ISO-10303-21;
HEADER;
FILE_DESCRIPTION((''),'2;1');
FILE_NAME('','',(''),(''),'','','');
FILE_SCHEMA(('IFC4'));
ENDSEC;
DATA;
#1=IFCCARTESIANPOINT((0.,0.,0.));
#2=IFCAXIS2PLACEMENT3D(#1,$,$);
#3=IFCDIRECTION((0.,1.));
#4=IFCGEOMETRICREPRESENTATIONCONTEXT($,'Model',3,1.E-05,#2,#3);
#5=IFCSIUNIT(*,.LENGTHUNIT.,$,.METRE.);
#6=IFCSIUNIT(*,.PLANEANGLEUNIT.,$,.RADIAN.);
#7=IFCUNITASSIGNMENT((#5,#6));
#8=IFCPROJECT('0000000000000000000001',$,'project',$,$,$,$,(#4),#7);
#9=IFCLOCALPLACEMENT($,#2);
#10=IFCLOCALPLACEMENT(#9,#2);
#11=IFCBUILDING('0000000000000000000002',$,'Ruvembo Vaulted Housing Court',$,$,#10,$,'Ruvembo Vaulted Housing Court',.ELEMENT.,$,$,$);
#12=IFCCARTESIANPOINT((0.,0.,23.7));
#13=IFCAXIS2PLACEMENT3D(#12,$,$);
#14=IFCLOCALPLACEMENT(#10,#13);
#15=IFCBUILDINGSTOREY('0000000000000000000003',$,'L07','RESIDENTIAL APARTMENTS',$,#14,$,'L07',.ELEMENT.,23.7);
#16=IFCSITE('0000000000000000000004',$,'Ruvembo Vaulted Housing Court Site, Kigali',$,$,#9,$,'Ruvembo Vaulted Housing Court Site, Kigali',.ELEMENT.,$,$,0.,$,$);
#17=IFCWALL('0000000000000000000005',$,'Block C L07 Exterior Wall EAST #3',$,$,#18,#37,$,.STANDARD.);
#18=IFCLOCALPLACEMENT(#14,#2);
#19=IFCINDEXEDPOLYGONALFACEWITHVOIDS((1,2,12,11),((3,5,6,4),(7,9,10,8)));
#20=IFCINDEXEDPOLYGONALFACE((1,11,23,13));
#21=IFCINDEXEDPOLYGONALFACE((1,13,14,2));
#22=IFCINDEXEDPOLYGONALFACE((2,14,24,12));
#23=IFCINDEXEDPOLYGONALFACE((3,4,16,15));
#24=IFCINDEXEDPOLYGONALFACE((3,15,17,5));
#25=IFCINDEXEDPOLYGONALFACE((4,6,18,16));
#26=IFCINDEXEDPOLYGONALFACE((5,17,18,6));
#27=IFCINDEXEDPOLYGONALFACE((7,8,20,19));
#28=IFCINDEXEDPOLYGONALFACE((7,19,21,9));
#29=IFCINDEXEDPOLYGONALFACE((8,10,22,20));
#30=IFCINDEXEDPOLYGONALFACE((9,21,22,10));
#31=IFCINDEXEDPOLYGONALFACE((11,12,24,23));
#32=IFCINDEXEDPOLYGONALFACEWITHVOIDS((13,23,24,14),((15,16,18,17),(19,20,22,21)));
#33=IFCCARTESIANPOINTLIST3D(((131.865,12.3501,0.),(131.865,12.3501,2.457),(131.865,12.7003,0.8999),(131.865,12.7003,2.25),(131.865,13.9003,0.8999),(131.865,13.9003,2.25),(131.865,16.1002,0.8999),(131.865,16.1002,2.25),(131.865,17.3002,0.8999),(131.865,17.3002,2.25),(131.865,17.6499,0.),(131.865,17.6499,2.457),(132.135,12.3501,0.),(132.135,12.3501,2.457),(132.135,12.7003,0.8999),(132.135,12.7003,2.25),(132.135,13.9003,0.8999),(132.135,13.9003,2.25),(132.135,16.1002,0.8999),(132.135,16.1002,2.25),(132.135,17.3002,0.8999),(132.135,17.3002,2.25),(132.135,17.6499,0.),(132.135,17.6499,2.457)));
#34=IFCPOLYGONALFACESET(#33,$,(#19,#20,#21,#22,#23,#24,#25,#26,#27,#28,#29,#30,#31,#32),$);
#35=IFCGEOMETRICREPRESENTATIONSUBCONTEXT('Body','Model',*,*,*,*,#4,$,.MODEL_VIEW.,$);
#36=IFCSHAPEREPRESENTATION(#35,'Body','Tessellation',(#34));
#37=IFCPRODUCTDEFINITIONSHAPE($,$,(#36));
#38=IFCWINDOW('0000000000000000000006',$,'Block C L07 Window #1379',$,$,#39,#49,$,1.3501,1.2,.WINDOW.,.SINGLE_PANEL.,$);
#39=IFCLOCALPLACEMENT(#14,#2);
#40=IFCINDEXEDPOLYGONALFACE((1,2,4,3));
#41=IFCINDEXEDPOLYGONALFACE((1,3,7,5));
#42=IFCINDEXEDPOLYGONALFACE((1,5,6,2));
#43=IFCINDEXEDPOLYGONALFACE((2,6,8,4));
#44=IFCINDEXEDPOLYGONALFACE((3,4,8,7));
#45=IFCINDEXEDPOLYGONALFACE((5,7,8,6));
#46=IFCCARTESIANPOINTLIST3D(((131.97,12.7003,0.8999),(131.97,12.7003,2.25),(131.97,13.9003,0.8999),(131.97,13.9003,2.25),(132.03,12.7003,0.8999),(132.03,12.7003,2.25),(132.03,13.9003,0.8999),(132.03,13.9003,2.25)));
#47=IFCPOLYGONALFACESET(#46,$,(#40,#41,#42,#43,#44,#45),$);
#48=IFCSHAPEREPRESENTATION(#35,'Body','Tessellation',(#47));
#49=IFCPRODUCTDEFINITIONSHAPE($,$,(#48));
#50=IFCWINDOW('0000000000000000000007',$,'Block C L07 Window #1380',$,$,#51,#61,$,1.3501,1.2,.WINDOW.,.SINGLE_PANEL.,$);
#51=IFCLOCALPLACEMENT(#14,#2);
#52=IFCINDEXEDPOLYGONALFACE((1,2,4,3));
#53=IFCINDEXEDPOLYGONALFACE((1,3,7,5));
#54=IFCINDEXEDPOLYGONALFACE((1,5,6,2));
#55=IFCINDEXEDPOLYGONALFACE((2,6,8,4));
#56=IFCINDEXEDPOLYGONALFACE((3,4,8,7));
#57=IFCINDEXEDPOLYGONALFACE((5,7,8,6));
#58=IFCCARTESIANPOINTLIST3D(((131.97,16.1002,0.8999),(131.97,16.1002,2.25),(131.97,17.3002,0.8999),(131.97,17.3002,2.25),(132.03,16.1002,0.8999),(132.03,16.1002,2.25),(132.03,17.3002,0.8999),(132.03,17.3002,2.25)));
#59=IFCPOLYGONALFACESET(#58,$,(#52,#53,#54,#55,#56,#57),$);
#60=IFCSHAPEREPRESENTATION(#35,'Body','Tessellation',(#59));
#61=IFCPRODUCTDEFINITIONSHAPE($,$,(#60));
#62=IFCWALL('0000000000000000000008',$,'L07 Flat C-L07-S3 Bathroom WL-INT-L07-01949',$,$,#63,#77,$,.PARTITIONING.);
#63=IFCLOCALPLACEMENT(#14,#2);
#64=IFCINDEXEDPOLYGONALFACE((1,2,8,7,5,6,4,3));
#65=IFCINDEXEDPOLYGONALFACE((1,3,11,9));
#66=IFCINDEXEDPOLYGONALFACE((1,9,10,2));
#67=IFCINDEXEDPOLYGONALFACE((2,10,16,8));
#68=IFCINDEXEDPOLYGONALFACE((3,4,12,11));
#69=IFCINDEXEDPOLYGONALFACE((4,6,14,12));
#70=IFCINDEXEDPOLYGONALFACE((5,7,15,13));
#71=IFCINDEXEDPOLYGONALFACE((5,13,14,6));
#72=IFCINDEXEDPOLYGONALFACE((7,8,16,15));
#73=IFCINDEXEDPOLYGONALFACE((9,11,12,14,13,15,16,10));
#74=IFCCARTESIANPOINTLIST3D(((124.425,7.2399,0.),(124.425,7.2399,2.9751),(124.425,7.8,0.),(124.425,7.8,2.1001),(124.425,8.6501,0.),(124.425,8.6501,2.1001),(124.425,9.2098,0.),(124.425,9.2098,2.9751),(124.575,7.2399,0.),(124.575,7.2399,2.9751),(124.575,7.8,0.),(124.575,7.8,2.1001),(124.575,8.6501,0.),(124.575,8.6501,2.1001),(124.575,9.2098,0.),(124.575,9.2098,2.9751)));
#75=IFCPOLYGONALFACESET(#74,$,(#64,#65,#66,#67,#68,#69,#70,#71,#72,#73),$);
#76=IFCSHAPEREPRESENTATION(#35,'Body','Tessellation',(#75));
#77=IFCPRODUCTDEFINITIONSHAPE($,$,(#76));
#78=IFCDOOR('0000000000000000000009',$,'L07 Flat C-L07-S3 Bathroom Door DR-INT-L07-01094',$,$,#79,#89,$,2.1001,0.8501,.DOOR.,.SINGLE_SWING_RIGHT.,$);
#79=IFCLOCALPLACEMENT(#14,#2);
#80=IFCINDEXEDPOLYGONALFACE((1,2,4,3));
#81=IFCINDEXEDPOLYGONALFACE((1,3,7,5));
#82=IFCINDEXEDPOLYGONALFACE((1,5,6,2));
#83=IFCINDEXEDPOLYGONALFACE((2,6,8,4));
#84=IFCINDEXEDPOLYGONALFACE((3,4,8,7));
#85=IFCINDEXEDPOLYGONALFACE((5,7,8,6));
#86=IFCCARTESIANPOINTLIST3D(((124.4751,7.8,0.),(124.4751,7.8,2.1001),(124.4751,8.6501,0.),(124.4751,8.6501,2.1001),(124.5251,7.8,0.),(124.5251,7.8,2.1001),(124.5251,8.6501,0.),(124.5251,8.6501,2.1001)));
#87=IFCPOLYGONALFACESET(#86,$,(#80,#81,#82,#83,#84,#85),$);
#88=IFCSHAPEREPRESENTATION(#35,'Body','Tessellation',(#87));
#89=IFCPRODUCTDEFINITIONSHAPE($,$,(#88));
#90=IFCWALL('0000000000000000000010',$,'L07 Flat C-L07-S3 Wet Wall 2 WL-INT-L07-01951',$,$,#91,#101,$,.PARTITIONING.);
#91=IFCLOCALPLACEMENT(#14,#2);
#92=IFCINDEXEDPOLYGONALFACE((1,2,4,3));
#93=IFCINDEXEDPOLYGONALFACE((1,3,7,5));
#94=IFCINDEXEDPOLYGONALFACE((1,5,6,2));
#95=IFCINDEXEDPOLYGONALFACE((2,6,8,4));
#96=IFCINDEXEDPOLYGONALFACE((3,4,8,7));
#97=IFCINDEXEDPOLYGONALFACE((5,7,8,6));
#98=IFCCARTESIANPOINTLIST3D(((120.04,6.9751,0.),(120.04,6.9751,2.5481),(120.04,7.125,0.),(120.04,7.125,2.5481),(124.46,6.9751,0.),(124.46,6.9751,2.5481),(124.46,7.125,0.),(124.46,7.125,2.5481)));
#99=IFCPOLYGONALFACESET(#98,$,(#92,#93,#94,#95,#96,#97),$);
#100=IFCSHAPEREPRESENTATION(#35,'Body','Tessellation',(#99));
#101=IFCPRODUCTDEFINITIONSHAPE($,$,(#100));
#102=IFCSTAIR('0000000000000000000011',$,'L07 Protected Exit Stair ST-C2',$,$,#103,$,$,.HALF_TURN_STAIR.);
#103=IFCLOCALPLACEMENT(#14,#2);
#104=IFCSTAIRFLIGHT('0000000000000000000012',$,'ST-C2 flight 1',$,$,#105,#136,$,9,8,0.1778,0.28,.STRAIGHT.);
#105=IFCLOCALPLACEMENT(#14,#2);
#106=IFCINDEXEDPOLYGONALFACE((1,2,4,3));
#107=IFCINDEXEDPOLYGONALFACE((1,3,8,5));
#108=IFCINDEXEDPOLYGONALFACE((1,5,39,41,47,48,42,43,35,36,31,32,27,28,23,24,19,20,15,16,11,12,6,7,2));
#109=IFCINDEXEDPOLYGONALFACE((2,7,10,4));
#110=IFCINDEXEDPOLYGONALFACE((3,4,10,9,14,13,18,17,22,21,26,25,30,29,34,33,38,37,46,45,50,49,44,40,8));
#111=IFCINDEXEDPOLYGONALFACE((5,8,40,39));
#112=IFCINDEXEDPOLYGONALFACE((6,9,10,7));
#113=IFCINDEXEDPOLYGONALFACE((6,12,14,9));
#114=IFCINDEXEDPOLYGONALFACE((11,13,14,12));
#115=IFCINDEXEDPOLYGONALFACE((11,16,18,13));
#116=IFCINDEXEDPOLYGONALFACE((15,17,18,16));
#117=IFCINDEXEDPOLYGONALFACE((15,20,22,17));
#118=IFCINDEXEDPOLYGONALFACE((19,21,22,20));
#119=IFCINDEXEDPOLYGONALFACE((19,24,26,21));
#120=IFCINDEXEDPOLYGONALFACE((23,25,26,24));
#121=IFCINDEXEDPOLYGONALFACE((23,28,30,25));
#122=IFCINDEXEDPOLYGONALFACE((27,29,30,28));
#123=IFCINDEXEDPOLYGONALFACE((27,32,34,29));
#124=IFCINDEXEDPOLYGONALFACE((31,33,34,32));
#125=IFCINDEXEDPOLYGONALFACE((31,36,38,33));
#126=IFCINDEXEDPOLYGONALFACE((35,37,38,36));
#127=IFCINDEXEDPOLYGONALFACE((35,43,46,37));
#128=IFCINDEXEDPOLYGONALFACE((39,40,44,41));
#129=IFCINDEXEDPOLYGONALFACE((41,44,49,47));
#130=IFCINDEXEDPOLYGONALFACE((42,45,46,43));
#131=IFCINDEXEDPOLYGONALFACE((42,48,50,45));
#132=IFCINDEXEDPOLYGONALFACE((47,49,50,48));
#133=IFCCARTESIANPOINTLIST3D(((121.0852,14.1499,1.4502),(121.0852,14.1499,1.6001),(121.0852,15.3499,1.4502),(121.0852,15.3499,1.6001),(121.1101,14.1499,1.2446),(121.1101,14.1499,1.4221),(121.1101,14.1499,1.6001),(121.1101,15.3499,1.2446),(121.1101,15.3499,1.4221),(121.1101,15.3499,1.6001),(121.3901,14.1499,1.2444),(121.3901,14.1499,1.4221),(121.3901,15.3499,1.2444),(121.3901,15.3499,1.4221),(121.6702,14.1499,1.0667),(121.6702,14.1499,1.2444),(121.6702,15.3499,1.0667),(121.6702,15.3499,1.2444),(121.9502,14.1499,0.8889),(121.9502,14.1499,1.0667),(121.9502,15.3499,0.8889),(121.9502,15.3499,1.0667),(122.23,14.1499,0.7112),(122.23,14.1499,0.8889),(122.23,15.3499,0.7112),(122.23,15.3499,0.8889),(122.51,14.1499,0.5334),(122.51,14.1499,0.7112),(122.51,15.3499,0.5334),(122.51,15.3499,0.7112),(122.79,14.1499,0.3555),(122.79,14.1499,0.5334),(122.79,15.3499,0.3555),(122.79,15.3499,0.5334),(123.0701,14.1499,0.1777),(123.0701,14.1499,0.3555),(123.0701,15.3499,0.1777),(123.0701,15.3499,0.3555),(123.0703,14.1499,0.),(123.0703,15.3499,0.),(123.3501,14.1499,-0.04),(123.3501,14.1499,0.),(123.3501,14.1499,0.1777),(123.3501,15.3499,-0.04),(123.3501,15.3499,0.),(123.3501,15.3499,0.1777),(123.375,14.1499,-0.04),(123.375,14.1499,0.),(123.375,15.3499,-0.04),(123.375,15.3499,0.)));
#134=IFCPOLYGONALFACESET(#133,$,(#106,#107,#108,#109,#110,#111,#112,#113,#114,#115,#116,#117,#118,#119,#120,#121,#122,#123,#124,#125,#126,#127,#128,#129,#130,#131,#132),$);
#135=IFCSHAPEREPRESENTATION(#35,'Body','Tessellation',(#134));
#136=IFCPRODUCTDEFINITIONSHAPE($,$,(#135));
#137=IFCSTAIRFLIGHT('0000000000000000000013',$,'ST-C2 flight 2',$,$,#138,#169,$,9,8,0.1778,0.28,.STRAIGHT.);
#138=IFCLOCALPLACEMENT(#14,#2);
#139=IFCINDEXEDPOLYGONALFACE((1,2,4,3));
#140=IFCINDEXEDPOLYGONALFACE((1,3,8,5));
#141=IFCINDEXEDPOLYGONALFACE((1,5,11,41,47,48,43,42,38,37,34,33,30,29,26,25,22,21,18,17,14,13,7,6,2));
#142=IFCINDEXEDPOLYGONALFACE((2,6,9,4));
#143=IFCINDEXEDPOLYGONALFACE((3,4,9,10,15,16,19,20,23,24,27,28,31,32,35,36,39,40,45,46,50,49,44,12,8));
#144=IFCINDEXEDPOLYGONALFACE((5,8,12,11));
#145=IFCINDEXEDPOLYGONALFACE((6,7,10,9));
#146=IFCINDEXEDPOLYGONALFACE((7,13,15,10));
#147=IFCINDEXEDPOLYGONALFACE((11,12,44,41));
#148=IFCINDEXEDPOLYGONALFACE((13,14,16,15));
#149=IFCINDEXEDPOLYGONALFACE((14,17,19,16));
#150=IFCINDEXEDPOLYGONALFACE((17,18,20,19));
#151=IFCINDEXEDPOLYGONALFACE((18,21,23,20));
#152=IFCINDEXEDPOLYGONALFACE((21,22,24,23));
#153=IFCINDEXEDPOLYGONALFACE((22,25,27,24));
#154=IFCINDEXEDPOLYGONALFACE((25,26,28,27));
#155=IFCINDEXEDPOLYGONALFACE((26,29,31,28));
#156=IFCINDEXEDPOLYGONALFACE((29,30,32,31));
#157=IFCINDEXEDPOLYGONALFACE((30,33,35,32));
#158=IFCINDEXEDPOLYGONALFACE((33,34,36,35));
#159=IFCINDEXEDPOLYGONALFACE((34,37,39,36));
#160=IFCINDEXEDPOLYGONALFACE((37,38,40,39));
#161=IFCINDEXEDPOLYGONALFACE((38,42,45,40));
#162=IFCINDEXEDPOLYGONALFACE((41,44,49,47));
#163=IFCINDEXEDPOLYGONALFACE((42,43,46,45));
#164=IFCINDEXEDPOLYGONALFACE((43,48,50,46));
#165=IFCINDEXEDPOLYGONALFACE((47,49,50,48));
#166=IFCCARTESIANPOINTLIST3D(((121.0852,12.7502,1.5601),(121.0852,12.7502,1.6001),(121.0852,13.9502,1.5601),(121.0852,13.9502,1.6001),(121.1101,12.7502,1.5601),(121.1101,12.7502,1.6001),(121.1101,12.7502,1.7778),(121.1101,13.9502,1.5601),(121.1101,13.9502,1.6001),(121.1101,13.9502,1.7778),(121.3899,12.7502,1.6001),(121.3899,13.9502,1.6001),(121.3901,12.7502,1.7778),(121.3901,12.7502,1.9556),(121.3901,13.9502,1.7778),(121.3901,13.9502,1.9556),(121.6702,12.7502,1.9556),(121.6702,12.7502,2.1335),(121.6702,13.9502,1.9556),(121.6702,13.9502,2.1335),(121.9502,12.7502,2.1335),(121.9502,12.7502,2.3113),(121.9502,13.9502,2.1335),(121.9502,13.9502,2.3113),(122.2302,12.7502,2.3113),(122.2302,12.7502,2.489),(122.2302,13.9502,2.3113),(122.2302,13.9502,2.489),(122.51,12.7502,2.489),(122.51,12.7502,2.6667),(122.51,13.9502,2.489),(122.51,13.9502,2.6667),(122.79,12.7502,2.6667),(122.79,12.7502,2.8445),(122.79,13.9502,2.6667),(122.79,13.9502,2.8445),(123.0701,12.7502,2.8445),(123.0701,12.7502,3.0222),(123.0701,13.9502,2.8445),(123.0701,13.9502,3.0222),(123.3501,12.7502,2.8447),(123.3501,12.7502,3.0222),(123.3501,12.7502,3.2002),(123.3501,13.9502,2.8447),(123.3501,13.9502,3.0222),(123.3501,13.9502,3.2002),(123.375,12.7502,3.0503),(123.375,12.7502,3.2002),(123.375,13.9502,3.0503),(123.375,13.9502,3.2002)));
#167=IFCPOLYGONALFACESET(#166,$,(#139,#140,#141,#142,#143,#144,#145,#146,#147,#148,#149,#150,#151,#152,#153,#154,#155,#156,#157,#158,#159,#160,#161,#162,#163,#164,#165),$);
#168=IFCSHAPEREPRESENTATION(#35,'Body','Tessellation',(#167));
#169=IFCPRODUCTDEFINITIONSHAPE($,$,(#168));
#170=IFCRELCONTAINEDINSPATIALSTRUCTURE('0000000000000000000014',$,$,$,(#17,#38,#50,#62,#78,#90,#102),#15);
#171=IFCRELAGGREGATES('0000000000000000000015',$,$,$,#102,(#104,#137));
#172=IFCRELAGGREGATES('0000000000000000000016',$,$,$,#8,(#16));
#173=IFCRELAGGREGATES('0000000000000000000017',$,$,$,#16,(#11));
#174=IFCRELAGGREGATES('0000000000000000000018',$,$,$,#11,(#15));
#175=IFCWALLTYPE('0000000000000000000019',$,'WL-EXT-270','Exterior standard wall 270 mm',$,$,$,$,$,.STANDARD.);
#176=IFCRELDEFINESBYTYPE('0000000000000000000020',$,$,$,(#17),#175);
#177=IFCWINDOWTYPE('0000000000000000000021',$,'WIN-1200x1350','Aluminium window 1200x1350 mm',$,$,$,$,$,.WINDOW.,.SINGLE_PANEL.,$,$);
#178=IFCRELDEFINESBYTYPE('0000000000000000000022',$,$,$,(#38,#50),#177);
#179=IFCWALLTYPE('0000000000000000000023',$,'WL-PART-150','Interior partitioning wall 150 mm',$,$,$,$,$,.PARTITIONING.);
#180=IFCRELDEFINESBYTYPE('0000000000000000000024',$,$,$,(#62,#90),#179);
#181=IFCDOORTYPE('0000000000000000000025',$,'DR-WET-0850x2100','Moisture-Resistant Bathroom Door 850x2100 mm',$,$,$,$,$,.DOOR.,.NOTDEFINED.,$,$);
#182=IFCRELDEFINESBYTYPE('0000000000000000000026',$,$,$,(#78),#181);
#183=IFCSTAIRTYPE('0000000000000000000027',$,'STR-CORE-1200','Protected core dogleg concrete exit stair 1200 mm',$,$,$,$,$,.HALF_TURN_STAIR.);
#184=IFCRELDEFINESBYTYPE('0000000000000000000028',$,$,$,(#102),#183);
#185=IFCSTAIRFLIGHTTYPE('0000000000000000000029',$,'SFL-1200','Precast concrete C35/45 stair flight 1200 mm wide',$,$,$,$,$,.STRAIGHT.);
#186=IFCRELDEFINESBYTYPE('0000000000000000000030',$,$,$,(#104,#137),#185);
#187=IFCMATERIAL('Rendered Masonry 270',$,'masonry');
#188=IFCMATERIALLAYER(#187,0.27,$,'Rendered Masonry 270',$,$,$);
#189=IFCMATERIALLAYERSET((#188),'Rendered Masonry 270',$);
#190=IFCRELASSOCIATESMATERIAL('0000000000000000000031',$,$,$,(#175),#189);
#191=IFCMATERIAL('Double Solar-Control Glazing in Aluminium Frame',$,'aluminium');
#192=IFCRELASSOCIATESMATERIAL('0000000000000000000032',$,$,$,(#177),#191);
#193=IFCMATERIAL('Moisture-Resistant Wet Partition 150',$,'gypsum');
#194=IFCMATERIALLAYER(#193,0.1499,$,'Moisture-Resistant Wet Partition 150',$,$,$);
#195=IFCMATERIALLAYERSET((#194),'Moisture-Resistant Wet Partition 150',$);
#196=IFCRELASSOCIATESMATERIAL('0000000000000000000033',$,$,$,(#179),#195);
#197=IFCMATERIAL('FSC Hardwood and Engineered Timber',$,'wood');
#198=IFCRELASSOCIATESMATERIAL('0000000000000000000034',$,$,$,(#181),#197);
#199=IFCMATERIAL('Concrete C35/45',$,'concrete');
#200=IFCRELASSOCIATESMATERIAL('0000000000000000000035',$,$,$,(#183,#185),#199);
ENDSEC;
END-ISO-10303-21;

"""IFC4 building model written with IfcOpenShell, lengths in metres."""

from ifc_helpers import new_model, si_unit, direction, frame, frame_2d, origin, place, context, subcontext, project, spatial, polyline, rectangle, outline, extrude, material, layer, layer_set, type_object, element, fill, aggregate, save


model = new_model("IFC4")

# Units and contexts
model_context = context("Model", 3, precision=1e-05, world=origin(), true_north=direction((0.0, 1.0)))
body_context = subcontext(model_context, "Body", "Model", "MODEL_VIEW")
ifc_project = project(units=[si_unit("LENGTHUNIT", "METRE"), si_unit("PLANEANGLEUNIT", "RADIAN")], contexts=[model_context])

# Site, building, storey
site_placement = place(None, origin())
site = spatial("IfcSite", under=ifc_project, at=site_placement, Name="Ruvembo Vaulted Housing Court Site, Kigali", LongName="Ruvembo Vaulted Housing Court Site, Kigali", CompositionType="ELEMENT", RefElevation=0.0)
building_placement = place(site_placement, origin())
building = spatial("IfcBuilding", under=site, at=building_placement, Name="Ruvembo Vaulted Housing Court", LongName="Ruvembo Vaulted Housing Court", CompositionType="ELEMENT")
storey_placement = place(building_placement, frame((0.0, 0.0, 23.7)))
storey = spatial("IfcBuildingStorey", under=building, at=storey_placement, Name="L07", Description="RESIDENTIAL APARTMENTS", LongName="L07", CompositionType="ELEMENT", Elevation=23.7)

# Shared definitions
ifc_material_1 = material(Name="Concrete C35/45", Category="concrete")

# Shared definitions
ifc_material_2 = material(Name="FSC Hardwood and Engineered Timber", Category="wood")

# Wall, openings, windows
ifc_material_3 = material(Name="Rendered Masonry 270", Category="masonry")
ifc_layer_1 = layer(ifc_material_3, 0.27, Name="Rendered Masonry 270")
ifc_layer_set_1 = layer_set([ifc_layer_1], Name="Rendered Masonry 270")
wall_type_1 = type_object("IfcWallType", Name="WL-EXT-270", Description="Exterior standard wall 270 mm", PredefinedType="STANDARD", material=ifc_layer_set_1)
ifc_material_4 = material(Name="Double Solar-Control Glazing in Aluminium Frame", Category="aluminium")
wall_1_placement = place(storey_placement, frame((132.0, 12.3501, 0.0), z_axis=(0.0, 0.0, 1.0), x_axis=(0.0, 1.0, 0.0)))
wall_1 = element("IfcWall", 1, at=wall_1_placement, inside=storey, type_object=wall_type_1, Name="Block C L07 Exterior Wall EAST #3", PredefinedType="STANDARD", context=body_context, shape_type="SweptSolid", body=[
    extrude(rectangle(XDim=5.2998, YDim=0.27, at=frame_2d((2.6499, 0.0))), origin(), (0.0, 0.0, 1.0), 2.457),
])
opening_1_placement = place(wall_1_placement, frame((0.3501, 0.0, 0.8999)))
opening_1 = element("IfcOpeningElement", 2, at=opening_1_placement, cuts=wall_1, PredefinedType="OPENING", context=body_context, shape_type="SweptSolid", body=[
    extrude(rectangle(XDim=1.2, YDim=1.3501, at=frame_2d((0.6001, 0.675))), frame((0.0, 0.145, 0.0), z_axis=(0.0, -1.0, 0.0), x_axis=(1.0, 0.0, 0.0)), (0.0, 0.0, 1.0), 0.29),
])
opening_2_placement = place(wall_1_placement, frame((3.75, 0.0, 0.8999)))
opening_2 = element("IfcOpeningElement", 3, at=opening_2_placement, cuts=wall_1, PredefinedType="OPENING", context=body_context, shape_type="SweptSolid", body=[
    extrude(rectangle(XDim=1.2, YDim=1.3501, at=frame_2d((0.6001, 0.675))), frame((0.0, 0.145, 0.0), z_axis=(0.0, -1.0, 0.0), x_axis=(1.0, 0.0, 0.0)), (0.0, 0.0, 1.0), 0.29),
])
window_type_1 = type_object("IfcWindowType", Name="WIN-1200x1350", Description="Aluminium window 1200x1350 mm", PartitioningType="SINGLE_PANEL", PredefinedType="WINDOW", material=ifc_material_4)
window_1_placement = place(opening_1_placement, origin())
window_1 = element("IfcWindow", 4, at=window_1_placement, inside=storey, type_object=window_type_1, Name="Block C L07 Window #1379", OverallHeight=1.3501, OverallWidth=1.2, PartitioningType="SINGLE_PANEL", PredefinedType="WINDOW", context=body_context, shape_type="SweptSolid", body=[
    extrude(rectangle(XDim=1.2, YDim=1.3501, at=frame_2d((0.6001, 0.675))), frame((0.0, 0.03, 0.0), z_axis=(0.0, -1.0, 0.0), x_axis=(1.0, 0.0, 0.0)), (0.0, 0.0, 1.0), 0.0601),
])
fill(opening_1, window_1)
window_2_placement = place(opening_2_placement, origin())
window_2 = element("IfcWindow", 5, at=window_2_placement, inside=storey, type_object=window_type_1, Name="Block C L07 Window #1380", OverallHeight=1.3501, OverallWidth=1.2, PartitioningType="SINGLE_PANEL", PredefinedType="WINDOW", context=body_context, shape_type="SweptSolid", body=[
    extrude(rectangle(XDim=1.2, YDim=1.3501, at=frame_2d((0.6001, 0.675))), frame((0.0, 0.03, 0.0), z_axis=(0.0, -1.0, 0.0), x_axis=(1.0, 0.0, 0.0)), (0.0, 0.0, 1.0), 0.0601),
])
fill(opening_2, window_2)

# Wall, opening, door
ifc_material_5 = material(Name="Moisture-Resistant Wet Partition 150", Category="gypsum")
ifc_layer_2 = layer(ifc_material_5, 0.1499, Name="Moisture-Resistant Wet Partition 150")
ifc_layer_set_2 = layer_set([ifc_layer_2], Name="Moisture-Resistant Wet Partition 150")
wall_type_2 = type_object("IfcWallType", Name="WL-PART-150", Description="Interior partitioning wall 150 mm", PredefinedType="PARTITIONING", material=ifc_layer_set_2)
wall_2_placement = place(storey_placement, frame((124.5, 7.24, 0.0), z_axis=(0.0, 0.0, 1.0), x_axis=(0.0, 1.0, 0.0)))
wall_2 = element("IfcWall", 6, at=wall_2_placement, inside=storey, type_object=wall_type_2, Name="L07 Flat C-L07-S3 Bathroom WL-INT-L07-01949", PredefinedType="PARTITIONING", context=body_context, shape_type="SweptSolid", body=[
    extrude(rectangle(XDim=1.97, YDim=0.1499, at=frame_2d((0.9849, 0.0))), origin(), (0.0, 0.0, 1.0), 2.9751),
])
opening_3_placement = place(wall_2_placement, frame((0.5601, 0.0, 0.0)))
opening_3 = element("IfcOpeningElement", 7, at=opening_3_placement, cuts=wall_2, PredefinedType="OPENING", context=body_context, shape_type="SweptSolid", body=[
    extrude(rectangle(XDim=0.8501, YDim=2.1001, at=frame_2d((0.425, 1.05))), frame((0.0, 0.085, 0.0), z_axis=(0.0, -1.0, 0.0), x_axis=(1.0, 0.0, 0.0)), (0.0, 0.0, 1.0), 0.1699),
])
door_type_1 = type_object("IfcDoorType", Name="DR-WET-0850x2100", Description="Moisture-Resistant Bathroom Door 850x2100 mm", OperationType="NOTDEFINED", PredefinedType="DOOR", material=ifc_material_2)
door_1_placement = place(opening_3_placement, origin())
door_1 = element("IfcDoor", 8, at=door_1_placement, inside=storey, type_object=door_type_1, Name="L07 Flat C-L07-S3 Bathroom Door DR-INT-L07-01094", OperationType="SINGLE_SWING_RIGHT", OverallHeight=2.1001, OverallWidth=0.8501, PredefinedType="DOOR", context=body_context, shape_type="SweptSolid", body=[
    extrude(rectangle(XDim=0.8501, YDim=2.1001, at=frame_2d((0.425, 1.05))), frame((0.0, 0.0249, 0.0), z_axis=(0.0, -1.0, 0.0), x_axis=(1.0, 0.0, 0.0)), (0.0, 0.0, 1.0), 0.05),
])
fill(opening_3, door_1)

# Wall
wall_3_placement = place(storey_placement, frame((120.04, 7.05, 0.0), z_axis=(0.0, 0.0, 1.0), x_axis=(1.0, 0.0, 0.0)))
element("IfcWall", 9, at=wall_3_placement, inside=storey, type_object=wall_type_2, Name="L07 Flat C-L07-S3 Wet Wall 2 WL-INT-L07-01951", PredefinedType="PARTITIONING", context=body_context, shape_type="SweptSolid", body=[
    extrude(rectangle(XDim=4.4199, YDim=0.1499, at=frame_2d((2.21, 0.0))), origin(), (0.0, 0.0, 1.0), 2.5481),
])

# Stair, stair flights
stair_type = type_object("IfcStairType", Name="STR-CORE-1200", Description="Protected core dogleg concrete exit stair 1200 mm", PredefinedType="HALF_TURN_STAIR", material=ifc_material_1)
stair_placement = place(storey_placement, origin())
stair = element("IfcStair", 10, at=stair_placement, inside=storey, type_object=stair_type, Name="L07 Protected Exit Stair ST-C2", PredefinedType="HALF_TURN_STAIR")
stair_flight_type = type_object("IfcStairFlightType", Name="SFL-1200", Description="Precast concrete C35/45 stair flight 1200 mm wide", PredefinedType="STRAIGHT", material=ifc_material_1)
stair_flight_1_placement = place(storey_placement, frame((123.3501, 14.75, 0.0), z_axis=(0.0, 0.0, 1.0), x_axis=(-1.0, 0.0, 0.0)))
stair_flight_1 = element("IfcStairFlight", 11, at=stair_flight_1_placement, type_object=stair_flight_type, Name="ST-C2 flight 1", NumberOfRisers=9, NumberOfTreads=8, PredefinedType="STRAIGHT", RiserHeight=0.1778, TreadLength=0.28, context=body_context, shape_type="SweptSolid", body=[
    extrude(outline(polyline([(-0.0249, -0.04), (-0.0249, 0.0), (0.0, 0.0), (0.0, 0.1777), (0.28, 0.1777), (0.28, 0.3555), (0.5601, 0.3555), (0.5601, 0.5334), (0.8401, 0.5334), (0.8401, 0.7112), (1.1201, 0.7112), (1.1201, 0.8889), (1.3999, 0.8889), (1.3999, 1.0667), (1.6799, 1.0667), (1.6799, 1.2444), (1.96, 1.2444), (1.96, 1.4221), (2.24, 1.4221), (2.24, 1.6001), (2.2649, 1.6001), (2.2649, 1.4502), (2.24, 1.2446), (0.2798, 0.0), (0.0, -0.04), (-0.0249, -0.04)])), frame((0.0, 0.6001, 0.0), z_axis=(0.0, -1.0, 0.0), x_axis=(1.0, 0.0, 0.0)), (0.0, 0.0, 1.0), 1.2),
])
stair_flight_2_placement = place(storey_placement, frame((121.1101, 13.3501, 1.6001), z_axis=(0.0, 0.0, 1.0), x_axis=(1.0, 0.0, 0.0)))
stair_flight_2 = element("IfcStairFlight", 12, at=stair_flight_2_placement, type_object=stair_flight_type, Name="ST-C2 flight 2", NumberOfRisers=9, NumberOfTreads=8, PredefinedType="STRAIGHT", RiserHeight=0.1778, TreadLength=0.28, context=body_context, shape_type="SweptSolid", body=[
    extrude(outline(polyline([(-0.0249, -0.04), (-0.0249, 0.0), (0.0, 0.0), (0.0, 0.1777), (0.28, 0.1777), (0.28, 0.3555), (0.5601, 0.3555), (0.5601, 0.5334), (0.8401, 0.5334), (0.8401, 0.7112), (1.1201, 0.7112), (1.1201, 0.8889), (1.3999, 0.8889), (1.3999, 1.0667), (1.6799, 1.0667), (1.6799, 1.2444), (1.96, 1.2444), (1.96, 1.4221), (2.24, 1.4221), (2.24, 1.6001), (2.2649, 1.6001), (2.2649, 1.4502), (2.24, 1.2446), (0.2798, 0.0), (0.0, -0.04), (-0.0249, -0.04)])), frame((0.0, 0.6001, 0.0), z_axis=(0.0, -1.0, 0.0), x_axis=(1.0, 0.0, 0.0)), (0.0, 0.0, 1.0), 1.2),
])
aggregate(stair, [stair_flight_1, stair_flight_2])

save(model, "model.ifc")
